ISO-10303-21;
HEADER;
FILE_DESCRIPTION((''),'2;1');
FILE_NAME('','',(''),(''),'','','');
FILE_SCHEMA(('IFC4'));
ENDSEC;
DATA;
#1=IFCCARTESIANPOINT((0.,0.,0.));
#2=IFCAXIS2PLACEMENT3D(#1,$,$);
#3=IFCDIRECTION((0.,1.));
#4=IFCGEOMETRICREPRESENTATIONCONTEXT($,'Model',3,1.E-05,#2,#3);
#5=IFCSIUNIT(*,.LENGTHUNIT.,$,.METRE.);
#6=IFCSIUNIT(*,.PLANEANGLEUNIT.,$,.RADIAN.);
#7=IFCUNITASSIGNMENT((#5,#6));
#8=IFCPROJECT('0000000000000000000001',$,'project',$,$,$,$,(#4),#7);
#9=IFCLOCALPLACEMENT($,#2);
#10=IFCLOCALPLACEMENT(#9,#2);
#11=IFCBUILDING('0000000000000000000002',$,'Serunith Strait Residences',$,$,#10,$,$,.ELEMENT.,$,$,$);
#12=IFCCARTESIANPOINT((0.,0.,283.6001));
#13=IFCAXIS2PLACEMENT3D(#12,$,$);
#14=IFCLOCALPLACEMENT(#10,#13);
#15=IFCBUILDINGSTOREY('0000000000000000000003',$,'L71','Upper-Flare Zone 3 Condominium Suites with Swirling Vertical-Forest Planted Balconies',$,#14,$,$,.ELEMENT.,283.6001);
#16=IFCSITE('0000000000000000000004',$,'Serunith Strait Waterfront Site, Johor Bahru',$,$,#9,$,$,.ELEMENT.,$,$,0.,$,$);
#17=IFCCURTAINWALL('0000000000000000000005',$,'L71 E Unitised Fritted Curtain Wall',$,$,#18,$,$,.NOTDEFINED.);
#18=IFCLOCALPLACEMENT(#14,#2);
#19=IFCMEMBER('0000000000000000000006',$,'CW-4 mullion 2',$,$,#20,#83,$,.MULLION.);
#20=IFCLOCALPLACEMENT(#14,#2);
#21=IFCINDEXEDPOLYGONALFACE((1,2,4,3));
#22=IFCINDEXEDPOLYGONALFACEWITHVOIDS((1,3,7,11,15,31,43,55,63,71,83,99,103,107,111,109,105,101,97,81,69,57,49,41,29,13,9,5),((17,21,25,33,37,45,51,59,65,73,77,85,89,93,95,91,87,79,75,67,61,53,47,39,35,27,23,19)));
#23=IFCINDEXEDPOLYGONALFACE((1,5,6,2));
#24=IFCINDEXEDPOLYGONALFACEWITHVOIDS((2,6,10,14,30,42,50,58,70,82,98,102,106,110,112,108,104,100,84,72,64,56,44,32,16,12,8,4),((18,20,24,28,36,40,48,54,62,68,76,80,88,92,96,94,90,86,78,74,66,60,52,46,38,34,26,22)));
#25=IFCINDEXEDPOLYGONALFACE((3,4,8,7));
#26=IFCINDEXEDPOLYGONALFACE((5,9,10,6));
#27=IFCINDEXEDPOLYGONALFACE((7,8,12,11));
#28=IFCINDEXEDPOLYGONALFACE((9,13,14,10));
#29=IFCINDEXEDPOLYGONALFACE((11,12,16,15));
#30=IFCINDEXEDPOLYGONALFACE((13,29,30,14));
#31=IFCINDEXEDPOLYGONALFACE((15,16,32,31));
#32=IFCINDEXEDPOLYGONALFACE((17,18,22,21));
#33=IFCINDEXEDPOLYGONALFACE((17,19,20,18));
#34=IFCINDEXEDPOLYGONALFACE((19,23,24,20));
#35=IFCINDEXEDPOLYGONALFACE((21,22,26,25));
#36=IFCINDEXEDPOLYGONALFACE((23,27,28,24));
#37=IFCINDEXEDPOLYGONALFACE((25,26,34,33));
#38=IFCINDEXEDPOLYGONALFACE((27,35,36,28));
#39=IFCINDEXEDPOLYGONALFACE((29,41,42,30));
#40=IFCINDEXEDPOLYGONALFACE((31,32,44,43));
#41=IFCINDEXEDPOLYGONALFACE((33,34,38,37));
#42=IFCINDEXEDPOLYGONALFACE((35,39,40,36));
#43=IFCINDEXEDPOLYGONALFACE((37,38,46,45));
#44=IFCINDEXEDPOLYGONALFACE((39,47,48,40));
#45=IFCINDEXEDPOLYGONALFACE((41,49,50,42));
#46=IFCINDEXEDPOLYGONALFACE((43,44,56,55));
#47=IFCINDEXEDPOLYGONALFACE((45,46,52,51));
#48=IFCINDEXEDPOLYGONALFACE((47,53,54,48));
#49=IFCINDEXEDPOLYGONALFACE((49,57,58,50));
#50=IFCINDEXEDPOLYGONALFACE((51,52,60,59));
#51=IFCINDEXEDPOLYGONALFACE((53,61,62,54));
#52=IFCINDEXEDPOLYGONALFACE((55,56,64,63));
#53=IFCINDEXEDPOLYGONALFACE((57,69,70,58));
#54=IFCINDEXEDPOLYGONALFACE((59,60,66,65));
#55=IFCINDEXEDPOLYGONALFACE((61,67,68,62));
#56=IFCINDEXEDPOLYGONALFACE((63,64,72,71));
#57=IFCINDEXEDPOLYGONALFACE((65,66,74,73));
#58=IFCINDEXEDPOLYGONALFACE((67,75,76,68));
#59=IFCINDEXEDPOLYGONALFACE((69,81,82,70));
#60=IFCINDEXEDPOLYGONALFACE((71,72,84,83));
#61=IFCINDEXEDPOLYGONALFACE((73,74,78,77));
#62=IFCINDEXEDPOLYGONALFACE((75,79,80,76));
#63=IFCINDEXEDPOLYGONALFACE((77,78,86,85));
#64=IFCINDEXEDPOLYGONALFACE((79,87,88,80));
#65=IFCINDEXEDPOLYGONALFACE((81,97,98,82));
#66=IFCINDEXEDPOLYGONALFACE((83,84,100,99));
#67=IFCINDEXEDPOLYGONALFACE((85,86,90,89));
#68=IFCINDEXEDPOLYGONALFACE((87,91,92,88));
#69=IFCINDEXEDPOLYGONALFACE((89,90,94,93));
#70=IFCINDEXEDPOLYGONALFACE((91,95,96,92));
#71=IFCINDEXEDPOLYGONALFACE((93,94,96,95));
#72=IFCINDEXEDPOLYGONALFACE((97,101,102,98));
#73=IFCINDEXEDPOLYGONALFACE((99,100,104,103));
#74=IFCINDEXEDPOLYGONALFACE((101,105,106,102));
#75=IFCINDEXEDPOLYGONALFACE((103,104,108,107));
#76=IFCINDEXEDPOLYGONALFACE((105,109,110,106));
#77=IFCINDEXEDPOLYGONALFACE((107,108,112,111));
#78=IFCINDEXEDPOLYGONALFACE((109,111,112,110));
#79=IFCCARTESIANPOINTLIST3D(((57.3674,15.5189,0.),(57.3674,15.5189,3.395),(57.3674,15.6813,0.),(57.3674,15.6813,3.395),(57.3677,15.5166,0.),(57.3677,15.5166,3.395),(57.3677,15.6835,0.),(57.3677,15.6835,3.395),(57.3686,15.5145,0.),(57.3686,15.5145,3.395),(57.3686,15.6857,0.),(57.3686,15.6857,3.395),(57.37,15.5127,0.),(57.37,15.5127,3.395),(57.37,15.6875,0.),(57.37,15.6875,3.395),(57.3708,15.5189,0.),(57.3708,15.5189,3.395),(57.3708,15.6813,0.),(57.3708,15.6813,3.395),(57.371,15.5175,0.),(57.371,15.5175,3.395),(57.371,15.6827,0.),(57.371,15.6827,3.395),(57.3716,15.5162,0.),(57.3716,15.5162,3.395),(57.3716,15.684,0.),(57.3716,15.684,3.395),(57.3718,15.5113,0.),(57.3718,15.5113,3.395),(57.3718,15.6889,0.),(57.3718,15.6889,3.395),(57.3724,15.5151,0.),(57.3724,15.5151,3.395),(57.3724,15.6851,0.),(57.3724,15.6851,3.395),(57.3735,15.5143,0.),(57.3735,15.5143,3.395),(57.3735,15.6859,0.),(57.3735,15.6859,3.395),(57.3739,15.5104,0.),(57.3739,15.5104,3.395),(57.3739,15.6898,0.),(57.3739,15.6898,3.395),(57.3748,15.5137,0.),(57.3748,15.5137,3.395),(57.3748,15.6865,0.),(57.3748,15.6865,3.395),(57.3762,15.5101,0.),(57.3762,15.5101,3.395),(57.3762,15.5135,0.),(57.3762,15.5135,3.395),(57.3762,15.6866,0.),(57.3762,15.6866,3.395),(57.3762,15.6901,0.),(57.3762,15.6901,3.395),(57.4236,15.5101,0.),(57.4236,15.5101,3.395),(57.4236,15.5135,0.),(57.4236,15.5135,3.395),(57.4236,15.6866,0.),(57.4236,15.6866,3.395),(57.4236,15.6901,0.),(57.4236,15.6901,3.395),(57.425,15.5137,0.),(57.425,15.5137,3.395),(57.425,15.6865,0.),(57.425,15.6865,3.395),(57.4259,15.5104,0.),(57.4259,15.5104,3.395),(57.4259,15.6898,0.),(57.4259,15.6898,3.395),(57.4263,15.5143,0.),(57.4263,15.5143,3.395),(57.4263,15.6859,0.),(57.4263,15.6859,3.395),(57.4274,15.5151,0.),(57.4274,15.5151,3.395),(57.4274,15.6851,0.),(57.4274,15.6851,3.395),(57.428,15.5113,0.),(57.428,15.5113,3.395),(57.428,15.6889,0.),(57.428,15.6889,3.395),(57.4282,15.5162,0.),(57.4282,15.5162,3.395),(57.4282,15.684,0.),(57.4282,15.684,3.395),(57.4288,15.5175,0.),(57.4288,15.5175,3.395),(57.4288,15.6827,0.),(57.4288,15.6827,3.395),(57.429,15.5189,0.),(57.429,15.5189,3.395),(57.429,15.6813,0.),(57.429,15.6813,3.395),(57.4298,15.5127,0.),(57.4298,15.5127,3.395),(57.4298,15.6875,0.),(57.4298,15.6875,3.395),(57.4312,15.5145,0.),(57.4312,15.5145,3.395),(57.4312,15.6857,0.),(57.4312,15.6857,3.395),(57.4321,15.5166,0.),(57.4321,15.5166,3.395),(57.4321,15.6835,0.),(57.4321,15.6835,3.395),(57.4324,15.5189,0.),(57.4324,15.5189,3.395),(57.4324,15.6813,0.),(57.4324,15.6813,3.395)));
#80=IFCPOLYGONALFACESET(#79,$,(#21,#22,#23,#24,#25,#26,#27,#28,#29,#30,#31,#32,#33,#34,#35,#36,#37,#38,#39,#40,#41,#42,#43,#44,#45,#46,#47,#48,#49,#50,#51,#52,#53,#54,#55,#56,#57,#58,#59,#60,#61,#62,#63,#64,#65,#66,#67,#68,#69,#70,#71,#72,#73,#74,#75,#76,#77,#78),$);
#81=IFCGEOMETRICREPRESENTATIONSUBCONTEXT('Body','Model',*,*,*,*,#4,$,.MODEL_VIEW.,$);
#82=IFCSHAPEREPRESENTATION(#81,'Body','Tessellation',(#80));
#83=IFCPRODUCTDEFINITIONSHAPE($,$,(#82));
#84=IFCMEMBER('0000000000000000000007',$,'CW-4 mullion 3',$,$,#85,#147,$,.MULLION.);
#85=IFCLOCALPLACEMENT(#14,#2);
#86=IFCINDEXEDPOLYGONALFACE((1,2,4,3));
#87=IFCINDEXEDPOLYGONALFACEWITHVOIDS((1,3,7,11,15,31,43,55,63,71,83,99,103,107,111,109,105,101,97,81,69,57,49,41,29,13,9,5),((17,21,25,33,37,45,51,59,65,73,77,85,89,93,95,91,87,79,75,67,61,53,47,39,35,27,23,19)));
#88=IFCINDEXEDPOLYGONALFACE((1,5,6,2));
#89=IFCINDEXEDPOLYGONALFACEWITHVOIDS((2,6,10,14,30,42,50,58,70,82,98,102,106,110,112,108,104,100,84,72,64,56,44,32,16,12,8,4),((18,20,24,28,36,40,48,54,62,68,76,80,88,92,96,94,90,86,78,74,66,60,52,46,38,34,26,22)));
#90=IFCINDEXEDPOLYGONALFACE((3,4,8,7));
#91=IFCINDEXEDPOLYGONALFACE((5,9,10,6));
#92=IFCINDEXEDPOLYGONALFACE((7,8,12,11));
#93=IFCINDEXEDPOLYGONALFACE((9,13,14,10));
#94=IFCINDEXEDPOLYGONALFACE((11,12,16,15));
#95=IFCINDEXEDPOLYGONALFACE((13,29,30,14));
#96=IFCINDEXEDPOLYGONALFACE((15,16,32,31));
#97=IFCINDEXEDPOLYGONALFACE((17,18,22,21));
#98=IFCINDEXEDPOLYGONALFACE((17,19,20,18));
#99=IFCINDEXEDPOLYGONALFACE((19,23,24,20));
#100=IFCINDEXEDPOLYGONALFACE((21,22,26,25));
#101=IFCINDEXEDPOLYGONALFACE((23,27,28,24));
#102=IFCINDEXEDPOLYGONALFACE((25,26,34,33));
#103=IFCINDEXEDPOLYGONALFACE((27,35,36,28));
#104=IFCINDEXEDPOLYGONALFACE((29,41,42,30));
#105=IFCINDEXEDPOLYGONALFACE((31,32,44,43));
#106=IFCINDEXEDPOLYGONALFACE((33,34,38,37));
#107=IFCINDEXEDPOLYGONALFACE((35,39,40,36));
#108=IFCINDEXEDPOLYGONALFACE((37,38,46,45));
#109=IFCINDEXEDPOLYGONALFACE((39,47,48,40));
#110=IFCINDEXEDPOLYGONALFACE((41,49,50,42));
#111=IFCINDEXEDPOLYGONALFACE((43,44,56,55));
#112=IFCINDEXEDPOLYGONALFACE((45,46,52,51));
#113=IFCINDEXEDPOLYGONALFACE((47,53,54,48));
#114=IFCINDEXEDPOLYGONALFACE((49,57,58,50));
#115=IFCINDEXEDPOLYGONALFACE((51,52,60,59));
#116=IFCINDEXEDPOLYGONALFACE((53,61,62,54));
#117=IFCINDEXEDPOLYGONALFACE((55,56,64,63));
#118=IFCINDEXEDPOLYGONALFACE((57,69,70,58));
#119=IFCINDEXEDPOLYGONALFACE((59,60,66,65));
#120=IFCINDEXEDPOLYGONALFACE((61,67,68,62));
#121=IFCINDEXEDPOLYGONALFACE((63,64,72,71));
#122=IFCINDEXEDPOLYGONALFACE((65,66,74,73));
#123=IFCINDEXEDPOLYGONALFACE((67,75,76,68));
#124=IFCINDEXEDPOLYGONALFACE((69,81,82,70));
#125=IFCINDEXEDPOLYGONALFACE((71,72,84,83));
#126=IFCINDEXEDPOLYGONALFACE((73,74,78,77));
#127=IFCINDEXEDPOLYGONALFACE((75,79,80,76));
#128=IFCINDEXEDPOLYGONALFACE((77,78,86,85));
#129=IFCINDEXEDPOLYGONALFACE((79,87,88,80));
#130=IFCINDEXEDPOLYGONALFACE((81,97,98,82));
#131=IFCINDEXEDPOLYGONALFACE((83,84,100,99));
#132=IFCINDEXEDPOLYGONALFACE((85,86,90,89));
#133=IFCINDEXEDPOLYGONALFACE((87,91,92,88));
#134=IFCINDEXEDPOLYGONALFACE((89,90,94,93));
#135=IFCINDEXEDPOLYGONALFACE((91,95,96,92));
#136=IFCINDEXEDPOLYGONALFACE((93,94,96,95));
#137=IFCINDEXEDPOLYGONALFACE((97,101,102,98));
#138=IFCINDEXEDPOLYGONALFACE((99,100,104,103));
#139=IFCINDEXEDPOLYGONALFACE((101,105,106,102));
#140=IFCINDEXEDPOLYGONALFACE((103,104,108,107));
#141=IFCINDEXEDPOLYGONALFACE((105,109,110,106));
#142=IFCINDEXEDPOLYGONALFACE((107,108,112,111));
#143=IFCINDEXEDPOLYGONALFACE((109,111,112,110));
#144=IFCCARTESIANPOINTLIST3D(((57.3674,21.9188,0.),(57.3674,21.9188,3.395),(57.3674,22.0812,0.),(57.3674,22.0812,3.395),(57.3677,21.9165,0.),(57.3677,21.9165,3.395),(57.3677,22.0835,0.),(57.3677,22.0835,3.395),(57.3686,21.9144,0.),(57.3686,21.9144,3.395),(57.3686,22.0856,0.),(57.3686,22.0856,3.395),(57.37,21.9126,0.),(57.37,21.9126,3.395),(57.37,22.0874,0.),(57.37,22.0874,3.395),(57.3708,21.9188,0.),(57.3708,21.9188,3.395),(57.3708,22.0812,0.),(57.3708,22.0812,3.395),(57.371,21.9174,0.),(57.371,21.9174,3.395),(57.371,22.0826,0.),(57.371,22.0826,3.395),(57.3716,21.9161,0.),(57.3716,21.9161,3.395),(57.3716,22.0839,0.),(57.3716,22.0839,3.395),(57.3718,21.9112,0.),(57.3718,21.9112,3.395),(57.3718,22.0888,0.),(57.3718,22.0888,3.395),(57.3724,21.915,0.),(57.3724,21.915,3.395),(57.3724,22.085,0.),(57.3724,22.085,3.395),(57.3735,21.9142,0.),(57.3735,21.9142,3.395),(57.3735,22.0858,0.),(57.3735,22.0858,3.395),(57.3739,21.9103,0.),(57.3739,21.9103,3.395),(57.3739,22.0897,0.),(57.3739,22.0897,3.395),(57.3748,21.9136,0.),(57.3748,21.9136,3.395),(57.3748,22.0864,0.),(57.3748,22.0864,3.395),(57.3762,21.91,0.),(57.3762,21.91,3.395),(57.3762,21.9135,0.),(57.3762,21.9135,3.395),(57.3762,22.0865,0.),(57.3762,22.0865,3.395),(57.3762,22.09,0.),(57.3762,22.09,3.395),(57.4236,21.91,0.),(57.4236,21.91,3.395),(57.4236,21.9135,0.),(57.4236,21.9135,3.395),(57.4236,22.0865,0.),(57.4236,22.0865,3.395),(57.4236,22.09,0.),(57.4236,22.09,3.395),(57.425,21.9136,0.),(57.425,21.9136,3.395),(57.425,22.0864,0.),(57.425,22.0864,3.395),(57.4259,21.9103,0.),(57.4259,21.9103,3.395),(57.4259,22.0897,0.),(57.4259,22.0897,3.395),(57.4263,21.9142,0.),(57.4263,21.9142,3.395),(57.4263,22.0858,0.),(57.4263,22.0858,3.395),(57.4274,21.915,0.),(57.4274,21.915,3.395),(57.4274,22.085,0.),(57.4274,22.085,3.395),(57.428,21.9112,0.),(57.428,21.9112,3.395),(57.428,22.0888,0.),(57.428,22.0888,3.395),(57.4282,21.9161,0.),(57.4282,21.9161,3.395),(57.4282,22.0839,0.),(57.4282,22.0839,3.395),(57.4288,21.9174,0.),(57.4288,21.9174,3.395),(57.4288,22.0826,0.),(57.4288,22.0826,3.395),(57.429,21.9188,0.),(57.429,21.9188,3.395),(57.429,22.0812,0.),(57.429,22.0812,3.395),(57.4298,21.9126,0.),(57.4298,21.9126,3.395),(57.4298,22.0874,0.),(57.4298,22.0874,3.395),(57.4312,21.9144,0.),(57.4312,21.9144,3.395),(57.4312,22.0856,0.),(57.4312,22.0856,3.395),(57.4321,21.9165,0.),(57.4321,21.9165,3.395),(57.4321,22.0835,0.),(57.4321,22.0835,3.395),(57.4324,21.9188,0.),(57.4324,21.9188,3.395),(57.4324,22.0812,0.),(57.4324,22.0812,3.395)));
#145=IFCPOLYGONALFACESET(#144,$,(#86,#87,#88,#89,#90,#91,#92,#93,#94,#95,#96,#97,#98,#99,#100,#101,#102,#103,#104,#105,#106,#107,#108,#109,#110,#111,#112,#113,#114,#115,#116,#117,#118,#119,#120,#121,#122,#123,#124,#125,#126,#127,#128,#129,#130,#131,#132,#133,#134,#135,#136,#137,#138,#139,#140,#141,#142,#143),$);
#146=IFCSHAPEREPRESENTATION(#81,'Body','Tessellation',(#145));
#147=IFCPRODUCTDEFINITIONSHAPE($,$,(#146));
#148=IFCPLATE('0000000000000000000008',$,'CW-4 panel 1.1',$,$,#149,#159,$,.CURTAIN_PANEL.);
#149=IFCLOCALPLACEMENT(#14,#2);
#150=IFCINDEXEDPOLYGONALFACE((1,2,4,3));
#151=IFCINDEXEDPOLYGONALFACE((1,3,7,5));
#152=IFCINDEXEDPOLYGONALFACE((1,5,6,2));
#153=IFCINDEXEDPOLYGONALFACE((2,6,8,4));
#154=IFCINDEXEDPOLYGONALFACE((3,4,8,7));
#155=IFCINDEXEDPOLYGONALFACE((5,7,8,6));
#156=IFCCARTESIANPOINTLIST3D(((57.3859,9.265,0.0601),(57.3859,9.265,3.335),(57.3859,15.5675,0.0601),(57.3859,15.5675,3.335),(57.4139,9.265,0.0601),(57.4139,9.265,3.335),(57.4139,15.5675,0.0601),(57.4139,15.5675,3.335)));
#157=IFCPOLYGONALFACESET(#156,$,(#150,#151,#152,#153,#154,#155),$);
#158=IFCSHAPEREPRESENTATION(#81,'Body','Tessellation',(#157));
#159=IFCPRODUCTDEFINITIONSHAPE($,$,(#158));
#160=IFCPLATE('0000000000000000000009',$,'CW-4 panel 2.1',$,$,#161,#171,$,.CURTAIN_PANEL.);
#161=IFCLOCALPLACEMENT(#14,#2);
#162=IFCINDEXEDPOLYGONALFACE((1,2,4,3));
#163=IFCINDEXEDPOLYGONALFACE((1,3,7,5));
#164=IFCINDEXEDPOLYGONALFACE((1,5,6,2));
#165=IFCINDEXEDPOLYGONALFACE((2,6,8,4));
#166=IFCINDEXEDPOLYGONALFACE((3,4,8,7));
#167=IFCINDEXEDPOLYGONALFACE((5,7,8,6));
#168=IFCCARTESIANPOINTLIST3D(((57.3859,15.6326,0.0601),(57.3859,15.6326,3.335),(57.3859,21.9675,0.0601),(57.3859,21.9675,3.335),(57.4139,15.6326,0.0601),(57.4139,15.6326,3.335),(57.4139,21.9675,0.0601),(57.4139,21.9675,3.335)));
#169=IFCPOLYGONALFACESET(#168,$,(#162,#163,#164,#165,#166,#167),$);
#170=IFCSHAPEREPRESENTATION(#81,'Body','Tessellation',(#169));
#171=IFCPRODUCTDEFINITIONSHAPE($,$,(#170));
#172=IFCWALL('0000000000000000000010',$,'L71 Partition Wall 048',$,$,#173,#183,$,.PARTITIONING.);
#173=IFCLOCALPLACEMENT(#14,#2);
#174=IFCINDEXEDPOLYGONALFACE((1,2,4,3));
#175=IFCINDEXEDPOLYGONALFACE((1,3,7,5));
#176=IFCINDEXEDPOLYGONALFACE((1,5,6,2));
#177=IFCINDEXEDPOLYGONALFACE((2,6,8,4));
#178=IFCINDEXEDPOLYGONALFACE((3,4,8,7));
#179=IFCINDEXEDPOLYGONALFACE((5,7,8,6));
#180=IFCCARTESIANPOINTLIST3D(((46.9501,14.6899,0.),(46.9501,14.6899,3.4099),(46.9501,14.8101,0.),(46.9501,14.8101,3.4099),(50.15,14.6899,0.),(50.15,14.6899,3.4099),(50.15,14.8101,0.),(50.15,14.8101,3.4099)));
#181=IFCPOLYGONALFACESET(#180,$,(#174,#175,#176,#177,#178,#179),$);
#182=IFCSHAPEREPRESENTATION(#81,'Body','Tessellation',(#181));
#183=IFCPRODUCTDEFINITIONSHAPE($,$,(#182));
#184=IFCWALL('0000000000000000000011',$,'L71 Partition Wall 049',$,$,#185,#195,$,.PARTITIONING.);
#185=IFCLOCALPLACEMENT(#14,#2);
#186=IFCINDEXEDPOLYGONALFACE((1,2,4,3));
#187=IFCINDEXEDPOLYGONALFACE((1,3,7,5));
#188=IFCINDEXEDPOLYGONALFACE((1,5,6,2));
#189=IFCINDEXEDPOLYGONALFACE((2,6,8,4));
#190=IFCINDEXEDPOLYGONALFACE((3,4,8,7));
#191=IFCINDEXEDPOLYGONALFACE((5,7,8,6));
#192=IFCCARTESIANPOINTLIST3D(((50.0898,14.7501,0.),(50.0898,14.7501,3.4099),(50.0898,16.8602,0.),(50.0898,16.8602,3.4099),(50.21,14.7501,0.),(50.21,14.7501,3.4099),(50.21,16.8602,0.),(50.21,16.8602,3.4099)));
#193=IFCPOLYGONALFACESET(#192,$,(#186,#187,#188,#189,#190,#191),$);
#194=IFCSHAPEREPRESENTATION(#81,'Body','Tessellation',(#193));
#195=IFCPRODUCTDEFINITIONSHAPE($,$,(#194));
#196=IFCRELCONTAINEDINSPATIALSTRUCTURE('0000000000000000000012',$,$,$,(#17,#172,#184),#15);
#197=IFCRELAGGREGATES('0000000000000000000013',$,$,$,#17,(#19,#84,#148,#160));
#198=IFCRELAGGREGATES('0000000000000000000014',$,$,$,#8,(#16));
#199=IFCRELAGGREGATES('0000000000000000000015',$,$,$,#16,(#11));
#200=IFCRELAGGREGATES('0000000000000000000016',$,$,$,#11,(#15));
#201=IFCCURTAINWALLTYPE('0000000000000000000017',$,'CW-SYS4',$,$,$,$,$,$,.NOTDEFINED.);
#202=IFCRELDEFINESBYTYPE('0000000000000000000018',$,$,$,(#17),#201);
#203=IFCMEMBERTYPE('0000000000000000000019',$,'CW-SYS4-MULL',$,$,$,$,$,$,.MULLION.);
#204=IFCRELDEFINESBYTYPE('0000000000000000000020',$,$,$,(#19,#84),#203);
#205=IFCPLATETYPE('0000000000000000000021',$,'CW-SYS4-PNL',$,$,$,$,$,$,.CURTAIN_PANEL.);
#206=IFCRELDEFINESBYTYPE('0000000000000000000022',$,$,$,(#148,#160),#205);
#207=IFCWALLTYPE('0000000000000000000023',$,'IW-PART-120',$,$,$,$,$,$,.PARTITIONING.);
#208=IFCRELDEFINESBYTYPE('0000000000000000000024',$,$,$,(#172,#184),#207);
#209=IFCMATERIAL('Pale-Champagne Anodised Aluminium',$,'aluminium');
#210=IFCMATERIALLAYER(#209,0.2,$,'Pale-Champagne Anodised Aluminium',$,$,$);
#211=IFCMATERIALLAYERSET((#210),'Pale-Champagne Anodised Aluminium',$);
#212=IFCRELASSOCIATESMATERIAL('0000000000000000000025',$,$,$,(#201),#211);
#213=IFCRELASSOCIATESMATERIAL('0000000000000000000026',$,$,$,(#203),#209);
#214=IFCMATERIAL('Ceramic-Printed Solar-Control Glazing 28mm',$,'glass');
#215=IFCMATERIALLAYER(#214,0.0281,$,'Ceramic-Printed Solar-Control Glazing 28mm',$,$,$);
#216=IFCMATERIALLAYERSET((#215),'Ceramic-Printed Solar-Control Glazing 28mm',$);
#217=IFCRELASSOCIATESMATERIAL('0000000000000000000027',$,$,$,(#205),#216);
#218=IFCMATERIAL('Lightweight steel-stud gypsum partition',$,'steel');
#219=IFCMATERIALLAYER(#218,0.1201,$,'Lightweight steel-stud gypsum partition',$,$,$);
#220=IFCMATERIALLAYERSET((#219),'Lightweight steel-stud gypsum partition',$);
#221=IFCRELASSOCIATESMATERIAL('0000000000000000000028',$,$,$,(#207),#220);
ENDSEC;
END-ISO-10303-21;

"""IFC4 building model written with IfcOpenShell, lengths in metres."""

from ifc_helpers import new_model, si_unit, direction, frame, frame_2d, origin, origin_2d, place, context, subcontext, project, spatial, rectangle, hollow_rectangle, extrude, source, transform, mapped, material, layer, layer_set, material_profile, profile_set, type_object, element, aggregate, save


model = new_model("IFC4")

# Units and contexts
model_context = context("Model", 3, precision=1e-05, world=origin(), true_north=direction((0.0, 1.0)))
body_context = subcontext(model_context, "Body", "Model", "MODEL_VIEW")
ifc_project = project(units=[si_unit("LENGTHUNIT", "METRE"), si_unit("PLANEANGLEUNIT", "RADIAN")], contexts=[model_context])

# Site, building, storey
site_placement = place(None, origin())
site = spatial("IfcSite", under=ifc_project, at=site_placement, Name="Serunith Strait Waterfront Site, Johor Bahru", CompositionType="ELEMENT", RefElevation=0.0)
building_placement = place(site_placement, origin())
building = spatial("IfcBuilding", under=site, at=building_placement, Name="Serunith Strait Residences", CompositionType="ELEMENT")
storey_placement = place(building_placement, frame((0.0, 0.0, 283.6001)))
storey = spatial("IfcBuildingStorey", under=building, at=storey_placement, Name="L71", Description="Upper-Flare Zone 3 Condominium Suites with Swirling Vertical-Forest Planted Balconies", CompositionType="ELEMENT", Elevation=283.6001)

# Curtain wall, members, plates
ifc_material_1 = material(Name="Pale-Champagne Anodised Aluminium", Category="aluminium")
ifc_layer_1 = layer(ifc_material_1, 0.2, Name="Pale-Champagne Anodised Aluminium")
ifc_layer_set_1 = layer_set([ifc_layer_1], Name="Pale-Champagne Anodised Aluminium")
curtain_wall_type = type_object("IfcCurtainWallType", Name="CW-SYS4", PredefinedType="NOTDEFINED", material=ifc_layer_set_1)
curtain_wall_placement = place(storey_placement, origin())
curtain_wall = element("IfcCurtainWall", 1, at=curtain_wall_placement, inside=storey, type_object=curtain_wall_type, Name="L71 E Unitised Fritted Curtain Wall", PredefinedType="NOTDEFINED")
ifc_material_profile_1 = material_profile(ifc_material_1, hollow_rectangle(XDim=0.0649, YDim=0.1799, WallThickness=0.0034, InnerFilletRadius=0.0054, OuterFilletRadius=0.0088, at=origin_2d()), Name="ALU 180x65x3.5")
ifc_profile_set_1 = profile_set([ifc_material_profile_1], Name="Pale-Champagne Anodised Aluminium")
member_type_1 = type_object("IfcMemberType", Name="CW-SYS4-MULL", PredefinedType="MULLION", material=ifc_profile_set_1)
shared_shape_1 = source(origin(), body_context, "Body", "SweptSolid", [
    extrude(hollow_rectangle(XDim=0.0649, YDim=0.1799, WallThickness=0.0034, InnerFilletRadius=0.0054, OuterFilletRadius=0.0088, at=origin_2d()), origin(), (0.0, 0.0, 1.0), 3.395),
])
member_1_placement = place(storey_placement, frame((57.3999, 15.6001, 0.0), z_axis=(0.0, 0.0, 1.0), x_axis=(-1.0, 0.0, 0.0)))
member_1 = element("IfcMember", 2, at=member_1_placement, type_object=member_type_1, Name="CW-4 mullion 2", PredefinedType="MULLION", context=body_context, shape_type="MappedRepresentation", body=[
    mapped(shared_shape_1, transform((0.0, 0.0, 0.0), scale=1.0)),
])
member_2_placement = place(storey_placement, frame((57.3999, 22.0, 0.0), z_axis=(0.0, 0.0, 1.0), x_axis=(-1.0, 0.0, 0.0)))
member_2 = element("IfcMember", 3, at=member_2_placement, type_object=member_type_1, Name="CW-4 mullion 3", PredefinedType="MULLION", context=body_context, shape_type="MappedRepresentation", body=[
    mapped(shared_shape_1, transform((0.0, 0.0, 0.0), scale=1.0)),
])
ifc_material_2 = material(Name="Ceramic-Printed Solar-Control Glazing 28mm", Category="glass")
ifc_layer_2 = layer(ifc_material_2, 0.0281, Name="Ceramic-Printed Solar-Control Glazing 28mm")
ifc_layer_set_2 = layer_set([ifc_layer_2], Name="Ceramic-Printed Solar-Control Glazing 28mm")
plate_type = type_object("IfcPlateType", Name="CW-SYS4-PNL", PredefinedType="CURTAIN_PANEL", material=ifc_layer_set_2)
shared_shape_2 = source(origin(), body_context, "Body", "SweptSolid", [
    extrude(rectangle(XDim=6.3025, YDim=0.0281, at=origin_2d()), origin(), (0.0, 0.0, 1.0), 3.2749),
])
plate_1_placement = place(storey_placement, frame((57.3999, 12.4163, 0.0601), z_axis=(0.0, 0.0, 1.0), x_axis=(0.0, 1.0, 0.0)))
plate_1 = element("IfcPlate", 4, at=plate_1_placement, type_object=plate_type, Name="CW-4 panel 1.1", PredefinedType="CURTAIN_PANEL", context=body_context, shape_type="MappedRepresentation", body=[
    mapped(shared_shape_2, transform((0.0, 0.0, 0.0), scale=1.0)),
])
shared_shape_3 = source(origin(), body_context, "Body", "SweptSolid", [
    extrude(rectangle(XDim=6.335, YDim=0.0281, at=origin_2d()), origin(), (0.0, 0.0, 1.0), 3.2749),
])
plate_2_placement = place(storey_placement, frame((57.3999, 18.8, 0.0601), z_axis=(0.0, 0.0, 1.0), x_axis=(0.0, 1.0, 0.0)))
plate_2 = element("IfcPlate", 5, at=plate_2_placement, type_object=plate_type, Name="CW-4 panel 2.1", PredefinedType="CURTAIN_PANEL", context=body_context, shape_type="MappedRepresentation", body=[
    mapped(shared_shape_3, transform((0.0, 0.0, 0.0), scale=1.0)),
])
aggregate(curtain_wall, [member_1, member_2, plate_1, plate_2])

# Walls
ifc_material_3 = material(Name="Lightweight steel-stud gypsum partition", Category="steel")
ifc_layer_3 = layer(ifc_material_3, 0.1201, Name="Lightweight steel-stud gypsum partition")
ifc_layer_set_3 = layer_set([ifc_layer_3], Name="Lightweight steel-stud gypsum partition")
wall_type = type_object("IfcWallType", Name="IW-PART-120", PredefinedType="PARTITIONING", material=ifc_layer_set_3)
wall_1_placement = place(storey_placement, frame((46.95, 14.75, 0.0), z_axis=(0.0, 0.0, 1.0), x_axis=(1.0, 0.0, 0.0)))
element("IfcWall", 6, at=wall_1_placement, inside=storey, type_object=wall_type, Name="L71 Partition Wall 048", PredefinedType="PARTITIONING", context=body_context, shape_type="SweptSolid", body=[
    extrude(rectangle(XDim=3.2, YDim=0.1201, at=frame_2d((1.6001, 0.0))), origin(), (0.0, 0.0, 1.0), 3.4099),
])
wall_2_placement = place(storey_placement, frame((50.1499, 14.75, 0.0), z_axis=(0.0, 0.0, 1.0), x_axis=(0.0, 1.0, 0.0)))
element("IfcWall", 7, at=wall_2_placement, inside=storey, type_object=wall_type, Name="L71 Partition Wall 049", PredefinedType="PARTITIONING", context=body_context, shape_type="SweptSolid", body=[
    extrude(rectangle(XDim=2.1101, YDim=0.1201, at=frame_2d((1.0552, 0.0))), origin(), (0.0, 0.0, 1.0), 3.4099),
])

save(model, "model.ifc")
